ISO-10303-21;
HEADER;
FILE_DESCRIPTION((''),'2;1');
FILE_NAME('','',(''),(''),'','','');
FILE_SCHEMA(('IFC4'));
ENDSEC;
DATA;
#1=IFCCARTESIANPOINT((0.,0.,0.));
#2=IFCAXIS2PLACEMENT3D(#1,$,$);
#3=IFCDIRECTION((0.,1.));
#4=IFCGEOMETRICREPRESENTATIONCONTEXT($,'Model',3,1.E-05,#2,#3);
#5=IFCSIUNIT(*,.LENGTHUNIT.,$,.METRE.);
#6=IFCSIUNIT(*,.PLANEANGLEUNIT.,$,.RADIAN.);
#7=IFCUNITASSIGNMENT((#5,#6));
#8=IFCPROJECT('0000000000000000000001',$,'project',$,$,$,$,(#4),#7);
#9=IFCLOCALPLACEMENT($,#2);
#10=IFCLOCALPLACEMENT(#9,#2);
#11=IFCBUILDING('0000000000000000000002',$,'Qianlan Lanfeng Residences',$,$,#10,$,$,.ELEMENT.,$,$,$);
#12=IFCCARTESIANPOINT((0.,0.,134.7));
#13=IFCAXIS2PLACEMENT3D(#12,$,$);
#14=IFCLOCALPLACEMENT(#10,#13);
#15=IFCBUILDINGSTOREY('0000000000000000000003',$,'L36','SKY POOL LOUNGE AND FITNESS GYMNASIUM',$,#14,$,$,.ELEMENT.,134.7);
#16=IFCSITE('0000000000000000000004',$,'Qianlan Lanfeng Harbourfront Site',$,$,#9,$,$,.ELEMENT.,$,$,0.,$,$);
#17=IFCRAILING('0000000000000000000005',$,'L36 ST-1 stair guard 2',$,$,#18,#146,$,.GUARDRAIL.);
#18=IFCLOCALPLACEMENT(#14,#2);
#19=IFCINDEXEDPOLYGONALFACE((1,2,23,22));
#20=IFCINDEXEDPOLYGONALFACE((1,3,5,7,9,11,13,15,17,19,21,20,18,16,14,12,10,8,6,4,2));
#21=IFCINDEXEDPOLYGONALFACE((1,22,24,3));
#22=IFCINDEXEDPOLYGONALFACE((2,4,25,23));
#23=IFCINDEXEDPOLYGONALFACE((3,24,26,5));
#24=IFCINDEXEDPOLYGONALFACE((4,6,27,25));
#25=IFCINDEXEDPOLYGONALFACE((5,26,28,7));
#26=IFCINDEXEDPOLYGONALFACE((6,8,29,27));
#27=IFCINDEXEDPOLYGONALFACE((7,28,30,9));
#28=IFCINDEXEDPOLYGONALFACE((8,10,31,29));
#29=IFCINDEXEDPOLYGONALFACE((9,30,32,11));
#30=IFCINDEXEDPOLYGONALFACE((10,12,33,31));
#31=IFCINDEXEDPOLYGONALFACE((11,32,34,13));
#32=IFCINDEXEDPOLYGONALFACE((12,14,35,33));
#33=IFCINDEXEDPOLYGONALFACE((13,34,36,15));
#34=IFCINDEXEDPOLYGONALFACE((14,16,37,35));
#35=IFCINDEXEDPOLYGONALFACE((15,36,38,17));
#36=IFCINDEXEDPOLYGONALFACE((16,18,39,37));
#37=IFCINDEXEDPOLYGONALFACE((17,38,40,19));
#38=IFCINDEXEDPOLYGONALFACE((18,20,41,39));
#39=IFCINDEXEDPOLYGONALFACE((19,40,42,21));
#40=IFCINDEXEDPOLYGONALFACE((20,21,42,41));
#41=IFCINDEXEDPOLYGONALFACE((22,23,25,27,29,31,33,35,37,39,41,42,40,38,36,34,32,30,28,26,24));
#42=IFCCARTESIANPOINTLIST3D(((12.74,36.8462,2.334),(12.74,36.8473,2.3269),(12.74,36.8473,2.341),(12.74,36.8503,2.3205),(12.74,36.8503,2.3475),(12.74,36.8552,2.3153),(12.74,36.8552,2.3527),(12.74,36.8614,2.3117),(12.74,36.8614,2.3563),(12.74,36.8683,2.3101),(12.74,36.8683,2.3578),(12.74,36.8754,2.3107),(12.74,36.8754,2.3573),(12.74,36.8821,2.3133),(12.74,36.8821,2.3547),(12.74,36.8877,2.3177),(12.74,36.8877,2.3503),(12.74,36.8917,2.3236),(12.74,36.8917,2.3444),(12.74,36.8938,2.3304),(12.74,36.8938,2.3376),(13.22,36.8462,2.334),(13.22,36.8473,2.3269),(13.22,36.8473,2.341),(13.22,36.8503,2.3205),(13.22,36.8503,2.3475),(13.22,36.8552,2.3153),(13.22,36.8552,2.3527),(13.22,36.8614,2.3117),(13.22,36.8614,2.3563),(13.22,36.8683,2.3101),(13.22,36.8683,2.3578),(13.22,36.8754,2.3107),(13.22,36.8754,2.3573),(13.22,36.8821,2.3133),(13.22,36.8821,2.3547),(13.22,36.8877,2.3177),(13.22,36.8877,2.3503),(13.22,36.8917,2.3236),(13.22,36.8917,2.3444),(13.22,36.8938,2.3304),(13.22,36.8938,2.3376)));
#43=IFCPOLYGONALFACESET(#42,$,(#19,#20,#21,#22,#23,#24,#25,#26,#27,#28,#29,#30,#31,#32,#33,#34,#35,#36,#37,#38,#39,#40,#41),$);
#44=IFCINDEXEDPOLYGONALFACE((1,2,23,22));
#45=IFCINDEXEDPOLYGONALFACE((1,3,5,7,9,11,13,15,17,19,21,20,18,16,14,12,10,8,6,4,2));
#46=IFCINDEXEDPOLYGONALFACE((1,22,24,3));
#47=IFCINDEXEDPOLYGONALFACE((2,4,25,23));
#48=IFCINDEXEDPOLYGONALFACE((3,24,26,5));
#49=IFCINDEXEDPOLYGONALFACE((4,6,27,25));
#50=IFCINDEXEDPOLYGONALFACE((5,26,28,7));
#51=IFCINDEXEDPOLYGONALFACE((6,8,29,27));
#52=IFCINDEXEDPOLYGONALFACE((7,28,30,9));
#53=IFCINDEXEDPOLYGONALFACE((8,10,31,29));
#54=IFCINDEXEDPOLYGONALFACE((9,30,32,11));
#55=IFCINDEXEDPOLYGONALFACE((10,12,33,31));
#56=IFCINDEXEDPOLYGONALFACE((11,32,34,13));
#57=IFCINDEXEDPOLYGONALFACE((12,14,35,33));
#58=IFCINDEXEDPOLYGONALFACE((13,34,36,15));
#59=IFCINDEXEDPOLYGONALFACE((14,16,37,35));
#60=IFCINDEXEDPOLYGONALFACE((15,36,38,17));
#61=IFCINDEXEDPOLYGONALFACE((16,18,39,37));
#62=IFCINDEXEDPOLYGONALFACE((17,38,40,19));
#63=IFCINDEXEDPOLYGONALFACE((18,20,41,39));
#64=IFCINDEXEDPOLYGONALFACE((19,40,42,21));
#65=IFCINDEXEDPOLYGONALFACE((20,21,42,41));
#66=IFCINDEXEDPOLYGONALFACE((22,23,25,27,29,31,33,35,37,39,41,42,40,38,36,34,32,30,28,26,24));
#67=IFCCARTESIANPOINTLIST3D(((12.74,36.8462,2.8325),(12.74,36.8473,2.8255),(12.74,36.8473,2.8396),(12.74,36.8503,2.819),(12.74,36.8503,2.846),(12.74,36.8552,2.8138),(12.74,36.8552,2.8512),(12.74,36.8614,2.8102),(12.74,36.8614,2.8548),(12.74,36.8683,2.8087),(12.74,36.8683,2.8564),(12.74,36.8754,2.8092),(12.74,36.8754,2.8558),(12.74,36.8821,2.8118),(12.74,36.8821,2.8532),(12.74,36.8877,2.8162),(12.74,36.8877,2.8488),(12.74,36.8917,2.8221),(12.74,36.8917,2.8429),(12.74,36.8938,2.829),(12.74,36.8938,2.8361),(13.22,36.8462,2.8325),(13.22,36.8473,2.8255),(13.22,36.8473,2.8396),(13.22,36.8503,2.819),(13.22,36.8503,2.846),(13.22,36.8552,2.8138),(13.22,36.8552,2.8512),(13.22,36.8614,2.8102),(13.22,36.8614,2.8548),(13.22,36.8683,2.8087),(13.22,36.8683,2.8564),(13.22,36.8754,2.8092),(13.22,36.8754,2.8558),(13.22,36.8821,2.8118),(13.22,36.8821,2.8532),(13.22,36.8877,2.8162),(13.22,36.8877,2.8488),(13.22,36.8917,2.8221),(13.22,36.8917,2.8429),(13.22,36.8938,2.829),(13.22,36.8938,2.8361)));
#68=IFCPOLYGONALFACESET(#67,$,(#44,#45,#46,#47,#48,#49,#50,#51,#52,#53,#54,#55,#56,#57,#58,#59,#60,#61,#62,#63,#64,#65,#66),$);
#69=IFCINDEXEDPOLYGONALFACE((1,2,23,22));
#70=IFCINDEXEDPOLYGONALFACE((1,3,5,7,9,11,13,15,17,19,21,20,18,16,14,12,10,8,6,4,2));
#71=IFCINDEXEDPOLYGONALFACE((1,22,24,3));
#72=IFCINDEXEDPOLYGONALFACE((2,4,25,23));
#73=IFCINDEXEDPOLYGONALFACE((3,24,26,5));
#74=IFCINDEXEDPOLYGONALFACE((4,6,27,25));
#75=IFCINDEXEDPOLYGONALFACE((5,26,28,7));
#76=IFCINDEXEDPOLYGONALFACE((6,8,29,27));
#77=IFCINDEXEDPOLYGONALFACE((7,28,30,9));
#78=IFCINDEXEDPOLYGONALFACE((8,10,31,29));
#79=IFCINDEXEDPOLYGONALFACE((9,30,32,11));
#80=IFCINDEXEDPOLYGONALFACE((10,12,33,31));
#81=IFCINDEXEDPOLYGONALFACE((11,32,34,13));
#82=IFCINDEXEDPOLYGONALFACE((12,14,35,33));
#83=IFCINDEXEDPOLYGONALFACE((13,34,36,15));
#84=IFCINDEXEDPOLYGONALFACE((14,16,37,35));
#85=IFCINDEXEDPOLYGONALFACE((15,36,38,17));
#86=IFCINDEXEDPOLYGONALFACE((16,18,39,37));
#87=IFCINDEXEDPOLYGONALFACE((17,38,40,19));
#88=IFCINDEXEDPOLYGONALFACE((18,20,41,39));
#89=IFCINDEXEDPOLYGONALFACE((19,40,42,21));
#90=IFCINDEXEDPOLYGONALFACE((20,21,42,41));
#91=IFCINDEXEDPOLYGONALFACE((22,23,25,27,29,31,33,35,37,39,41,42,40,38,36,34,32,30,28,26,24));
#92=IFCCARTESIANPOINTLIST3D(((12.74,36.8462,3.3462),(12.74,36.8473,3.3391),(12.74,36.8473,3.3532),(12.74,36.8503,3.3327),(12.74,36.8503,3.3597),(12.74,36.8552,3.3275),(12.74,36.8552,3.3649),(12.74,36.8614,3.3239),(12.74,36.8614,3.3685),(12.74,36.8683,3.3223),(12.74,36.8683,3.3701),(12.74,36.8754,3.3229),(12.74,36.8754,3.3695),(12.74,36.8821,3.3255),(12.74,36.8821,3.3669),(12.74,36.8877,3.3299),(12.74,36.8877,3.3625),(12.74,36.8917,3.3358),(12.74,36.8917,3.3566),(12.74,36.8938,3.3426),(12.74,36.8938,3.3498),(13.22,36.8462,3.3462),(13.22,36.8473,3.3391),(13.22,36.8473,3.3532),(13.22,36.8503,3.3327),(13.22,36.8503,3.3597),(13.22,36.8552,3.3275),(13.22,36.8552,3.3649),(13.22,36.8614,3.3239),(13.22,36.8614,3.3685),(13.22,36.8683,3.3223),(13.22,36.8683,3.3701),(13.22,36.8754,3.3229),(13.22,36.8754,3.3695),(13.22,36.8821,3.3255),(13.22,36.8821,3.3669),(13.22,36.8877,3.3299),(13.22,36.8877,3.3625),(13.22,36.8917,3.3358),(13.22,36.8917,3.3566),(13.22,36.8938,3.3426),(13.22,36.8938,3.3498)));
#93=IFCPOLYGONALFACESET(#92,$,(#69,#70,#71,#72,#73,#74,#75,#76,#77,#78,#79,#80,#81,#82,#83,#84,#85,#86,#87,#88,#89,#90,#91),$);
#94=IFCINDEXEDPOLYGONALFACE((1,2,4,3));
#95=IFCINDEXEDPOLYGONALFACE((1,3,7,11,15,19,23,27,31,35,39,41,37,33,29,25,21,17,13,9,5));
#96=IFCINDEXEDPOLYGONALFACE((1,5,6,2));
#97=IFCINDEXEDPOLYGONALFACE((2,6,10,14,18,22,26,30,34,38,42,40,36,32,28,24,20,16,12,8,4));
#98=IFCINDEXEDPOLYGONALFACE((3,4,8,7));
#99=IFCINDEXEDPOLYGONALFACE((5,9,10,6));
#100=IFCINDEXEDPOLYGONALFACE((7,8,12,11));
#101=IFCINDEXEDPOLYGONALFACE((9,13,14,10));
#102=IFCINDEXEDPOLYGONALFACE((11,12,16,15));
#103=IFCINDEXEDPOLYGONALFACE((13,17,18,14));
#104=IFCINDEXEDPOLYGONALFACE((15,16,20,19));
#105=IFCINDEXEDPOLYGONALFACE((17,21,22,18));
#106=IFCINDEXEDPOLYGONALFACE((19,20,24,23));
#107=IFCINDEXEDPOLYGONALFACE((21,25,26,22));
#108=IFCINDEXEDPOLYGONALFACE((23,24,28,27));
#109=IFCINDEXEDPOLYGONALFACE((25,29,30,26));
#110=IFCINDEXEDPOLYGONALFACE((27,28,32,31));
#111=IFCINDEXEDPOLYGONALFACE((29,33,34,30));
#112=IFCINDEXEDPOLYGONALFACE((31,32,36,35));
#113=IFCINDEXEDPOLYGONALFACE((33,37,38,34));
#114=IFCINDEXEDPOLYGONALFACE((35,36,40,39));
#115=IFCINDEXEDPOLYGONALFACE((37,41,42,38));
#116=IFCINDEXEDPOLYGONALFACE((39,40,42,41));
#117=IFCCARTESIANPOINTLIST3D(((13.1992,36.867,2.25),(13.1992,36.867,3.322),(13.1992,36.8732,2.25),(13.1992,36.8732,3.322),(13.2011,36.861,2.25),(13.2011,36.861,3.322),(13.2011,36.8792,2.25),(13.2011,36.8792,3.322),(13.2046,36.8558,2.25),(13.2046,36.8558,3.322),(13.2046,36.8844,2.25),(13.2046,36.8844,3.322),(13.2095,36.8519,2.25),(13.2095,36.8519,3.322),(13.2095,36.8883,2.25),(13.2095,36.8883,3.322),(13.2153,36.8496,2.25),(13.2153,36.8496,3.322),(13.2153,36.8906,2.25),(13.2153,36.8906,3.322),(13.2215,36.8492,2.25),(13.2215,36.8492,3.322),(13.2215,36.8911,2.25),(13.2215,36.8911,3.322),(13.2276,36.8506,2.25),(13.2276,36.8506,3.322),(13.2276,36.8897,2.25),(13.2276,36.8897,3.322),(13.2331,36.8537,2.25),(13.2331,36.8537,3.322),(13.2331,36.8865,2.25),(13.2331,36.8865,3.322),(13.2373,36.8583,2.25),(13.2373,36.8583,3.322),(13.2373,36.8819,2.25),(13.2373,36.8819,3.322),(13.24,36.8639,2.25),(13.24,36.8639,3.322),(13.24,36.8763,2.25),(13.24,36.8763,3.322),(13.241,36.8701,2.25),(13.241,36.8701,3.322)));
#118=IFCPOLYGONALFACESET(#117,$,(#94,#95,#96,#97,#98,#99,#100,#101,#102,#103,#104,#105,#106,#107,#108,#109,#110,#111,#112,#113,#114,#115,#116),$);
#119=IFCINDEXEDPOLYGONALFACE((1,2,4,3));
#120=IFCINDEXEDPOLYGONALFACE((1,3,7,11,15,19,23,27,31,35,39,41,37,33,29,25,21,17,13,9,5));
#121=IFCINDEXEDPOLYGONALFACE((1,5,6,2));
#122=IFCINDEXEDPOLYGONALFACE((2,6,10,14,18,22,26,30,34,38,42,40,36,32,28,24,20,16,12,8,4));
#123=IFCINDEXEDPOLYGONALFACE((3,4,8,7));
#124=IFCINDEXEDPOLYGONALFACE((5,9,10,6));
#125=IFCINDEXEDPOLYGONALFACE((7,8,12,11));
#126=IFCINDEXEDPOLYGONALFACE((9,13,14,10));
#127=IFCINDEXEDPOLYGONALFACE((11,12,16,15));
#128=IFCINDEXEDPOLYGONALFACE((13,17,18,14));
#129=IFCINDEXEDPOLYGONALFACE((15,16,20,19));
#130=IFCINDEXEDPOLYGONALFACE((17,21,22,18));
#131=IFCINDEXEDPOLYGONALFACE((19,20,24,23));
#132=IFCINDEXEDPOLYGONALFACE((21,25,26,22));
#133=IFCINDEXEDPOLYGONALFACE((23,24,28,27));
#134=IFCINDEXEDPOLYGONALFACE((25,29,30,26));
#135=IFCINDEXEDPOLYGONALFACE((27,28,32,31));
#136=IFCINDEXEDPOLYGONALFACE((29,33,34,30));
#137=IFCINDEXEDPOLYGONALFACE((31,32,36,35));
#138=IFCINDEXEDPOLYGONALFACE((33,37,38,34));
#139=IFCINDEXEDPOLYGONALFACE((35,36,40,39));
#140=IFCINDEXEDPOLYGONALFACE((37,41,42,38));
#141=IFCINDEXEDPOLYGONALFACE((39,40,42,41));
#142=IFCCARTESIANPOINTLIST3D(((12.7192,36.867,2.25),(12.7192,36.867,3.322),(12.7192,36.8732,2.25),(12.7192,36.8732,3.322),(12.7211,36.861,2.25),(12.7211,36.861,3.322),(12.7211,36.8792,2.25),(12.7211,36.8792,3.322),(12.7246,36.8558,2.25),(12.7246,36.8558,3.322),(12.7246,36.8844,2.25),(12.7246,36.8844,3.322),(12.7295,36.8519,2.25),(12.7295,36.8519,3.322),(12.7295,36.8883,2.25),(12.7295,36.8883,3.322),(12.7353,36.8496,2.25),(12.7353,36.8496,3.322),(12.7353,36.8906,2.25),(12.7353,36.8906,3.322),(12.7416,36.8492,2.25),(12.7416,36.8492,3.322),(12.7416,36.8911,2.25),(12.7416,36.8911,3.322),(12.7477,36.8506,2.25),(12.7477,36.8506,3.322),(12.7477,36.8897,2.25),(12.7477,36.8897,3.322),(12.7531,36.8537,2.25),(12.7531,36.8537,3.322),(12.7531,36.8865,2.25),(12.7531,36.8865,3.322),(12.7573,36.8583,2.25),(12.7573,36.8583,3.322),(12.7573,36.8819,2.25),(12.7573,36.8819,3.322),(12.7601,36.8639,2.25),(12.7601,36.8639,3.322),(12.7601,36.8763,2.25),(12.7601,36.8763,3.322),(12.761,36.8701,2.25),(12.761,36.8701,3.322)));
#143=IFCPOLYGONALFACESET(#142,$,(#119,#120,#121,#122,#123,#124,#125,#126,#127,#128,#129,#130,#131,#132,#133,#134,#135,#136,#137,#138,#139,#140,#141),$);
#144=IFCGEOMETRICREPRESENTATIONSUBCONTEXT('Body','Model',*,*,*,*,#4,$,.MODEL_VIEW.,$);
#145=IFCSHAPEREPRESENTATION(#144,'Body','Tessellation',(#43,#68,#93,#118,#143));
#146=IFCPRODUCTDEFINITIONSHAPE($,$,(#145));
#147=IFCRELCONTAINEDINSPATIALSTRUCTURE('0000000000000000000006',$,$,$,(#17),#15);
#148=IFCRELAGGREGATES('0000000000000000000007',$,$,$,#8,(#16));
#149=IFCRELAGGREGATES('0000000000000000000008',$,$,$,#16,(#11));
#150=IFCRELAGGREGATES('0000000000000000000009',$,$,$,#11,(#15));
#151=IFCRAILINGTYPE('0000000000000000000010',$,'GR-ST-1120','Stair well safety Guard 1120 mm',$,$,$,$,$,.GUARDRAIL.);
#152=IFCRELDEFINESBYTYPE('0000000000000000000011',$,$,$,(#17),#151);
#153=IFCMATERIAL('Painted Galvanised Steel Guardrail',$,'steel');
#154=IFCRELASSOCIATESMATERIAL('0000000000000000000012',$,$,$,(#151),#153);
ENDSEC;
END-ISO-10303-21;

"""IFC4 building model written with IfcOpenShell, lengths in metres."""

from ifc_helpers import new_model, si_unit, direction, frame, origin, origin_2d, place, context, subcontext, project, spatial, circle, extrude, material, type_object, element, save


model = new_model("IFC4")

# Units and contexts
model_context = context("Model", 3, precision=1e-05, world=origin(), true_north=direction((0.0, 1.0)))
body_context = subcontext(model_context, "Body", "Model", "MODEL_VIEW")
ifc_project = project(units=[si_unit("LENGTHUNIT", "METRE"), si_unit("PLANEANGLEUNIT", "RADIAN")], contexts=[model_context])

# Site, building, storey
site_placement = place(None, origin())
site = spatial("IfcSite", under=ifc_project, at=site_placement, Name="Qianlan Lanfeng Harbourfront Site", CompositionType="ELEMENT", RefElevation=0.0)
building_placement = place(site_placement, origin())
building = spatial("IfcBuilding", under=site, at=building_placement, Name="Qianlan Lanfeng Residences", CompositionType="ELEMENT")
storey_placement = place(building_placement, frame((0.0, 0.0, 134.7)))
storey = spatial("IfcBuildingStorey", under=building, at=storey_placement, Name="L36", Description="SKY POOL LOUNGE AND FITNESS GYMNASIUM", CompositionType="ELEMENT", Elevation=134.7)

# Railing
ifc_material_1 = material(Name="Painted Galvanised Steel Guardrail", Category="steel")
railing_type_1 = type_object("IfcRailingType", Name="GR-ST-1120", Description="Stair well safety Guard 1120 mm", PredefinedType="GUARDRAIL", material=ifc_material_1)
railing_1_placement = place(storey_placement, frame((13.22, 36.8701, 2.25)))
element("IfcRailing", 1, at=railing_1_placement, inside=storey, type_object=railing_type_1, Name="L36 ST-1 stair guard 2", PredefinedType="GUARDRAIL", context=body_context, shape_type="SweptSolid", body=[
    extrude(circle(Radius=0.0239, at=origin_2d()), frame((0.0, 0.0, 0.084), z_axis=(-1.0, 0.0, 0.0), x_axis=(0.0, -1.0, 0.0)), (0.0, 0.0, 1.0), 0.48),
    extrude(circle(Radius=0.0239, at=origin_2d()), frame((0.0, 0.0, 0.5825), z_axis=(-1.0, 0.0, 0.0), x_axis=(0.0, -1.0, 0.0)), (0.0, 0.0, 1.0), 0.48),
    extrude(circle(Radius=0.0239, at=origin_2d()), frame((0.0, 0.0, 1.0962), z_axis=(-1.0, 0.0, 0.0), x_axis=(0.0, -1.0, 0.0)), (0.0, 0.0, 1.0), 0.48),
    extrude(circle(Radius=0.021, at=origin_2d()), origin(), (0.0, 0.0, 1.0), 1.072),
    extrude(circle(Radius=0.021, at=origin_2d()), frame((-0.48, 0.0, 0.0)), (0.0, 0.0, 1.0), 1.072),
])

save(model, "model.ifc")
